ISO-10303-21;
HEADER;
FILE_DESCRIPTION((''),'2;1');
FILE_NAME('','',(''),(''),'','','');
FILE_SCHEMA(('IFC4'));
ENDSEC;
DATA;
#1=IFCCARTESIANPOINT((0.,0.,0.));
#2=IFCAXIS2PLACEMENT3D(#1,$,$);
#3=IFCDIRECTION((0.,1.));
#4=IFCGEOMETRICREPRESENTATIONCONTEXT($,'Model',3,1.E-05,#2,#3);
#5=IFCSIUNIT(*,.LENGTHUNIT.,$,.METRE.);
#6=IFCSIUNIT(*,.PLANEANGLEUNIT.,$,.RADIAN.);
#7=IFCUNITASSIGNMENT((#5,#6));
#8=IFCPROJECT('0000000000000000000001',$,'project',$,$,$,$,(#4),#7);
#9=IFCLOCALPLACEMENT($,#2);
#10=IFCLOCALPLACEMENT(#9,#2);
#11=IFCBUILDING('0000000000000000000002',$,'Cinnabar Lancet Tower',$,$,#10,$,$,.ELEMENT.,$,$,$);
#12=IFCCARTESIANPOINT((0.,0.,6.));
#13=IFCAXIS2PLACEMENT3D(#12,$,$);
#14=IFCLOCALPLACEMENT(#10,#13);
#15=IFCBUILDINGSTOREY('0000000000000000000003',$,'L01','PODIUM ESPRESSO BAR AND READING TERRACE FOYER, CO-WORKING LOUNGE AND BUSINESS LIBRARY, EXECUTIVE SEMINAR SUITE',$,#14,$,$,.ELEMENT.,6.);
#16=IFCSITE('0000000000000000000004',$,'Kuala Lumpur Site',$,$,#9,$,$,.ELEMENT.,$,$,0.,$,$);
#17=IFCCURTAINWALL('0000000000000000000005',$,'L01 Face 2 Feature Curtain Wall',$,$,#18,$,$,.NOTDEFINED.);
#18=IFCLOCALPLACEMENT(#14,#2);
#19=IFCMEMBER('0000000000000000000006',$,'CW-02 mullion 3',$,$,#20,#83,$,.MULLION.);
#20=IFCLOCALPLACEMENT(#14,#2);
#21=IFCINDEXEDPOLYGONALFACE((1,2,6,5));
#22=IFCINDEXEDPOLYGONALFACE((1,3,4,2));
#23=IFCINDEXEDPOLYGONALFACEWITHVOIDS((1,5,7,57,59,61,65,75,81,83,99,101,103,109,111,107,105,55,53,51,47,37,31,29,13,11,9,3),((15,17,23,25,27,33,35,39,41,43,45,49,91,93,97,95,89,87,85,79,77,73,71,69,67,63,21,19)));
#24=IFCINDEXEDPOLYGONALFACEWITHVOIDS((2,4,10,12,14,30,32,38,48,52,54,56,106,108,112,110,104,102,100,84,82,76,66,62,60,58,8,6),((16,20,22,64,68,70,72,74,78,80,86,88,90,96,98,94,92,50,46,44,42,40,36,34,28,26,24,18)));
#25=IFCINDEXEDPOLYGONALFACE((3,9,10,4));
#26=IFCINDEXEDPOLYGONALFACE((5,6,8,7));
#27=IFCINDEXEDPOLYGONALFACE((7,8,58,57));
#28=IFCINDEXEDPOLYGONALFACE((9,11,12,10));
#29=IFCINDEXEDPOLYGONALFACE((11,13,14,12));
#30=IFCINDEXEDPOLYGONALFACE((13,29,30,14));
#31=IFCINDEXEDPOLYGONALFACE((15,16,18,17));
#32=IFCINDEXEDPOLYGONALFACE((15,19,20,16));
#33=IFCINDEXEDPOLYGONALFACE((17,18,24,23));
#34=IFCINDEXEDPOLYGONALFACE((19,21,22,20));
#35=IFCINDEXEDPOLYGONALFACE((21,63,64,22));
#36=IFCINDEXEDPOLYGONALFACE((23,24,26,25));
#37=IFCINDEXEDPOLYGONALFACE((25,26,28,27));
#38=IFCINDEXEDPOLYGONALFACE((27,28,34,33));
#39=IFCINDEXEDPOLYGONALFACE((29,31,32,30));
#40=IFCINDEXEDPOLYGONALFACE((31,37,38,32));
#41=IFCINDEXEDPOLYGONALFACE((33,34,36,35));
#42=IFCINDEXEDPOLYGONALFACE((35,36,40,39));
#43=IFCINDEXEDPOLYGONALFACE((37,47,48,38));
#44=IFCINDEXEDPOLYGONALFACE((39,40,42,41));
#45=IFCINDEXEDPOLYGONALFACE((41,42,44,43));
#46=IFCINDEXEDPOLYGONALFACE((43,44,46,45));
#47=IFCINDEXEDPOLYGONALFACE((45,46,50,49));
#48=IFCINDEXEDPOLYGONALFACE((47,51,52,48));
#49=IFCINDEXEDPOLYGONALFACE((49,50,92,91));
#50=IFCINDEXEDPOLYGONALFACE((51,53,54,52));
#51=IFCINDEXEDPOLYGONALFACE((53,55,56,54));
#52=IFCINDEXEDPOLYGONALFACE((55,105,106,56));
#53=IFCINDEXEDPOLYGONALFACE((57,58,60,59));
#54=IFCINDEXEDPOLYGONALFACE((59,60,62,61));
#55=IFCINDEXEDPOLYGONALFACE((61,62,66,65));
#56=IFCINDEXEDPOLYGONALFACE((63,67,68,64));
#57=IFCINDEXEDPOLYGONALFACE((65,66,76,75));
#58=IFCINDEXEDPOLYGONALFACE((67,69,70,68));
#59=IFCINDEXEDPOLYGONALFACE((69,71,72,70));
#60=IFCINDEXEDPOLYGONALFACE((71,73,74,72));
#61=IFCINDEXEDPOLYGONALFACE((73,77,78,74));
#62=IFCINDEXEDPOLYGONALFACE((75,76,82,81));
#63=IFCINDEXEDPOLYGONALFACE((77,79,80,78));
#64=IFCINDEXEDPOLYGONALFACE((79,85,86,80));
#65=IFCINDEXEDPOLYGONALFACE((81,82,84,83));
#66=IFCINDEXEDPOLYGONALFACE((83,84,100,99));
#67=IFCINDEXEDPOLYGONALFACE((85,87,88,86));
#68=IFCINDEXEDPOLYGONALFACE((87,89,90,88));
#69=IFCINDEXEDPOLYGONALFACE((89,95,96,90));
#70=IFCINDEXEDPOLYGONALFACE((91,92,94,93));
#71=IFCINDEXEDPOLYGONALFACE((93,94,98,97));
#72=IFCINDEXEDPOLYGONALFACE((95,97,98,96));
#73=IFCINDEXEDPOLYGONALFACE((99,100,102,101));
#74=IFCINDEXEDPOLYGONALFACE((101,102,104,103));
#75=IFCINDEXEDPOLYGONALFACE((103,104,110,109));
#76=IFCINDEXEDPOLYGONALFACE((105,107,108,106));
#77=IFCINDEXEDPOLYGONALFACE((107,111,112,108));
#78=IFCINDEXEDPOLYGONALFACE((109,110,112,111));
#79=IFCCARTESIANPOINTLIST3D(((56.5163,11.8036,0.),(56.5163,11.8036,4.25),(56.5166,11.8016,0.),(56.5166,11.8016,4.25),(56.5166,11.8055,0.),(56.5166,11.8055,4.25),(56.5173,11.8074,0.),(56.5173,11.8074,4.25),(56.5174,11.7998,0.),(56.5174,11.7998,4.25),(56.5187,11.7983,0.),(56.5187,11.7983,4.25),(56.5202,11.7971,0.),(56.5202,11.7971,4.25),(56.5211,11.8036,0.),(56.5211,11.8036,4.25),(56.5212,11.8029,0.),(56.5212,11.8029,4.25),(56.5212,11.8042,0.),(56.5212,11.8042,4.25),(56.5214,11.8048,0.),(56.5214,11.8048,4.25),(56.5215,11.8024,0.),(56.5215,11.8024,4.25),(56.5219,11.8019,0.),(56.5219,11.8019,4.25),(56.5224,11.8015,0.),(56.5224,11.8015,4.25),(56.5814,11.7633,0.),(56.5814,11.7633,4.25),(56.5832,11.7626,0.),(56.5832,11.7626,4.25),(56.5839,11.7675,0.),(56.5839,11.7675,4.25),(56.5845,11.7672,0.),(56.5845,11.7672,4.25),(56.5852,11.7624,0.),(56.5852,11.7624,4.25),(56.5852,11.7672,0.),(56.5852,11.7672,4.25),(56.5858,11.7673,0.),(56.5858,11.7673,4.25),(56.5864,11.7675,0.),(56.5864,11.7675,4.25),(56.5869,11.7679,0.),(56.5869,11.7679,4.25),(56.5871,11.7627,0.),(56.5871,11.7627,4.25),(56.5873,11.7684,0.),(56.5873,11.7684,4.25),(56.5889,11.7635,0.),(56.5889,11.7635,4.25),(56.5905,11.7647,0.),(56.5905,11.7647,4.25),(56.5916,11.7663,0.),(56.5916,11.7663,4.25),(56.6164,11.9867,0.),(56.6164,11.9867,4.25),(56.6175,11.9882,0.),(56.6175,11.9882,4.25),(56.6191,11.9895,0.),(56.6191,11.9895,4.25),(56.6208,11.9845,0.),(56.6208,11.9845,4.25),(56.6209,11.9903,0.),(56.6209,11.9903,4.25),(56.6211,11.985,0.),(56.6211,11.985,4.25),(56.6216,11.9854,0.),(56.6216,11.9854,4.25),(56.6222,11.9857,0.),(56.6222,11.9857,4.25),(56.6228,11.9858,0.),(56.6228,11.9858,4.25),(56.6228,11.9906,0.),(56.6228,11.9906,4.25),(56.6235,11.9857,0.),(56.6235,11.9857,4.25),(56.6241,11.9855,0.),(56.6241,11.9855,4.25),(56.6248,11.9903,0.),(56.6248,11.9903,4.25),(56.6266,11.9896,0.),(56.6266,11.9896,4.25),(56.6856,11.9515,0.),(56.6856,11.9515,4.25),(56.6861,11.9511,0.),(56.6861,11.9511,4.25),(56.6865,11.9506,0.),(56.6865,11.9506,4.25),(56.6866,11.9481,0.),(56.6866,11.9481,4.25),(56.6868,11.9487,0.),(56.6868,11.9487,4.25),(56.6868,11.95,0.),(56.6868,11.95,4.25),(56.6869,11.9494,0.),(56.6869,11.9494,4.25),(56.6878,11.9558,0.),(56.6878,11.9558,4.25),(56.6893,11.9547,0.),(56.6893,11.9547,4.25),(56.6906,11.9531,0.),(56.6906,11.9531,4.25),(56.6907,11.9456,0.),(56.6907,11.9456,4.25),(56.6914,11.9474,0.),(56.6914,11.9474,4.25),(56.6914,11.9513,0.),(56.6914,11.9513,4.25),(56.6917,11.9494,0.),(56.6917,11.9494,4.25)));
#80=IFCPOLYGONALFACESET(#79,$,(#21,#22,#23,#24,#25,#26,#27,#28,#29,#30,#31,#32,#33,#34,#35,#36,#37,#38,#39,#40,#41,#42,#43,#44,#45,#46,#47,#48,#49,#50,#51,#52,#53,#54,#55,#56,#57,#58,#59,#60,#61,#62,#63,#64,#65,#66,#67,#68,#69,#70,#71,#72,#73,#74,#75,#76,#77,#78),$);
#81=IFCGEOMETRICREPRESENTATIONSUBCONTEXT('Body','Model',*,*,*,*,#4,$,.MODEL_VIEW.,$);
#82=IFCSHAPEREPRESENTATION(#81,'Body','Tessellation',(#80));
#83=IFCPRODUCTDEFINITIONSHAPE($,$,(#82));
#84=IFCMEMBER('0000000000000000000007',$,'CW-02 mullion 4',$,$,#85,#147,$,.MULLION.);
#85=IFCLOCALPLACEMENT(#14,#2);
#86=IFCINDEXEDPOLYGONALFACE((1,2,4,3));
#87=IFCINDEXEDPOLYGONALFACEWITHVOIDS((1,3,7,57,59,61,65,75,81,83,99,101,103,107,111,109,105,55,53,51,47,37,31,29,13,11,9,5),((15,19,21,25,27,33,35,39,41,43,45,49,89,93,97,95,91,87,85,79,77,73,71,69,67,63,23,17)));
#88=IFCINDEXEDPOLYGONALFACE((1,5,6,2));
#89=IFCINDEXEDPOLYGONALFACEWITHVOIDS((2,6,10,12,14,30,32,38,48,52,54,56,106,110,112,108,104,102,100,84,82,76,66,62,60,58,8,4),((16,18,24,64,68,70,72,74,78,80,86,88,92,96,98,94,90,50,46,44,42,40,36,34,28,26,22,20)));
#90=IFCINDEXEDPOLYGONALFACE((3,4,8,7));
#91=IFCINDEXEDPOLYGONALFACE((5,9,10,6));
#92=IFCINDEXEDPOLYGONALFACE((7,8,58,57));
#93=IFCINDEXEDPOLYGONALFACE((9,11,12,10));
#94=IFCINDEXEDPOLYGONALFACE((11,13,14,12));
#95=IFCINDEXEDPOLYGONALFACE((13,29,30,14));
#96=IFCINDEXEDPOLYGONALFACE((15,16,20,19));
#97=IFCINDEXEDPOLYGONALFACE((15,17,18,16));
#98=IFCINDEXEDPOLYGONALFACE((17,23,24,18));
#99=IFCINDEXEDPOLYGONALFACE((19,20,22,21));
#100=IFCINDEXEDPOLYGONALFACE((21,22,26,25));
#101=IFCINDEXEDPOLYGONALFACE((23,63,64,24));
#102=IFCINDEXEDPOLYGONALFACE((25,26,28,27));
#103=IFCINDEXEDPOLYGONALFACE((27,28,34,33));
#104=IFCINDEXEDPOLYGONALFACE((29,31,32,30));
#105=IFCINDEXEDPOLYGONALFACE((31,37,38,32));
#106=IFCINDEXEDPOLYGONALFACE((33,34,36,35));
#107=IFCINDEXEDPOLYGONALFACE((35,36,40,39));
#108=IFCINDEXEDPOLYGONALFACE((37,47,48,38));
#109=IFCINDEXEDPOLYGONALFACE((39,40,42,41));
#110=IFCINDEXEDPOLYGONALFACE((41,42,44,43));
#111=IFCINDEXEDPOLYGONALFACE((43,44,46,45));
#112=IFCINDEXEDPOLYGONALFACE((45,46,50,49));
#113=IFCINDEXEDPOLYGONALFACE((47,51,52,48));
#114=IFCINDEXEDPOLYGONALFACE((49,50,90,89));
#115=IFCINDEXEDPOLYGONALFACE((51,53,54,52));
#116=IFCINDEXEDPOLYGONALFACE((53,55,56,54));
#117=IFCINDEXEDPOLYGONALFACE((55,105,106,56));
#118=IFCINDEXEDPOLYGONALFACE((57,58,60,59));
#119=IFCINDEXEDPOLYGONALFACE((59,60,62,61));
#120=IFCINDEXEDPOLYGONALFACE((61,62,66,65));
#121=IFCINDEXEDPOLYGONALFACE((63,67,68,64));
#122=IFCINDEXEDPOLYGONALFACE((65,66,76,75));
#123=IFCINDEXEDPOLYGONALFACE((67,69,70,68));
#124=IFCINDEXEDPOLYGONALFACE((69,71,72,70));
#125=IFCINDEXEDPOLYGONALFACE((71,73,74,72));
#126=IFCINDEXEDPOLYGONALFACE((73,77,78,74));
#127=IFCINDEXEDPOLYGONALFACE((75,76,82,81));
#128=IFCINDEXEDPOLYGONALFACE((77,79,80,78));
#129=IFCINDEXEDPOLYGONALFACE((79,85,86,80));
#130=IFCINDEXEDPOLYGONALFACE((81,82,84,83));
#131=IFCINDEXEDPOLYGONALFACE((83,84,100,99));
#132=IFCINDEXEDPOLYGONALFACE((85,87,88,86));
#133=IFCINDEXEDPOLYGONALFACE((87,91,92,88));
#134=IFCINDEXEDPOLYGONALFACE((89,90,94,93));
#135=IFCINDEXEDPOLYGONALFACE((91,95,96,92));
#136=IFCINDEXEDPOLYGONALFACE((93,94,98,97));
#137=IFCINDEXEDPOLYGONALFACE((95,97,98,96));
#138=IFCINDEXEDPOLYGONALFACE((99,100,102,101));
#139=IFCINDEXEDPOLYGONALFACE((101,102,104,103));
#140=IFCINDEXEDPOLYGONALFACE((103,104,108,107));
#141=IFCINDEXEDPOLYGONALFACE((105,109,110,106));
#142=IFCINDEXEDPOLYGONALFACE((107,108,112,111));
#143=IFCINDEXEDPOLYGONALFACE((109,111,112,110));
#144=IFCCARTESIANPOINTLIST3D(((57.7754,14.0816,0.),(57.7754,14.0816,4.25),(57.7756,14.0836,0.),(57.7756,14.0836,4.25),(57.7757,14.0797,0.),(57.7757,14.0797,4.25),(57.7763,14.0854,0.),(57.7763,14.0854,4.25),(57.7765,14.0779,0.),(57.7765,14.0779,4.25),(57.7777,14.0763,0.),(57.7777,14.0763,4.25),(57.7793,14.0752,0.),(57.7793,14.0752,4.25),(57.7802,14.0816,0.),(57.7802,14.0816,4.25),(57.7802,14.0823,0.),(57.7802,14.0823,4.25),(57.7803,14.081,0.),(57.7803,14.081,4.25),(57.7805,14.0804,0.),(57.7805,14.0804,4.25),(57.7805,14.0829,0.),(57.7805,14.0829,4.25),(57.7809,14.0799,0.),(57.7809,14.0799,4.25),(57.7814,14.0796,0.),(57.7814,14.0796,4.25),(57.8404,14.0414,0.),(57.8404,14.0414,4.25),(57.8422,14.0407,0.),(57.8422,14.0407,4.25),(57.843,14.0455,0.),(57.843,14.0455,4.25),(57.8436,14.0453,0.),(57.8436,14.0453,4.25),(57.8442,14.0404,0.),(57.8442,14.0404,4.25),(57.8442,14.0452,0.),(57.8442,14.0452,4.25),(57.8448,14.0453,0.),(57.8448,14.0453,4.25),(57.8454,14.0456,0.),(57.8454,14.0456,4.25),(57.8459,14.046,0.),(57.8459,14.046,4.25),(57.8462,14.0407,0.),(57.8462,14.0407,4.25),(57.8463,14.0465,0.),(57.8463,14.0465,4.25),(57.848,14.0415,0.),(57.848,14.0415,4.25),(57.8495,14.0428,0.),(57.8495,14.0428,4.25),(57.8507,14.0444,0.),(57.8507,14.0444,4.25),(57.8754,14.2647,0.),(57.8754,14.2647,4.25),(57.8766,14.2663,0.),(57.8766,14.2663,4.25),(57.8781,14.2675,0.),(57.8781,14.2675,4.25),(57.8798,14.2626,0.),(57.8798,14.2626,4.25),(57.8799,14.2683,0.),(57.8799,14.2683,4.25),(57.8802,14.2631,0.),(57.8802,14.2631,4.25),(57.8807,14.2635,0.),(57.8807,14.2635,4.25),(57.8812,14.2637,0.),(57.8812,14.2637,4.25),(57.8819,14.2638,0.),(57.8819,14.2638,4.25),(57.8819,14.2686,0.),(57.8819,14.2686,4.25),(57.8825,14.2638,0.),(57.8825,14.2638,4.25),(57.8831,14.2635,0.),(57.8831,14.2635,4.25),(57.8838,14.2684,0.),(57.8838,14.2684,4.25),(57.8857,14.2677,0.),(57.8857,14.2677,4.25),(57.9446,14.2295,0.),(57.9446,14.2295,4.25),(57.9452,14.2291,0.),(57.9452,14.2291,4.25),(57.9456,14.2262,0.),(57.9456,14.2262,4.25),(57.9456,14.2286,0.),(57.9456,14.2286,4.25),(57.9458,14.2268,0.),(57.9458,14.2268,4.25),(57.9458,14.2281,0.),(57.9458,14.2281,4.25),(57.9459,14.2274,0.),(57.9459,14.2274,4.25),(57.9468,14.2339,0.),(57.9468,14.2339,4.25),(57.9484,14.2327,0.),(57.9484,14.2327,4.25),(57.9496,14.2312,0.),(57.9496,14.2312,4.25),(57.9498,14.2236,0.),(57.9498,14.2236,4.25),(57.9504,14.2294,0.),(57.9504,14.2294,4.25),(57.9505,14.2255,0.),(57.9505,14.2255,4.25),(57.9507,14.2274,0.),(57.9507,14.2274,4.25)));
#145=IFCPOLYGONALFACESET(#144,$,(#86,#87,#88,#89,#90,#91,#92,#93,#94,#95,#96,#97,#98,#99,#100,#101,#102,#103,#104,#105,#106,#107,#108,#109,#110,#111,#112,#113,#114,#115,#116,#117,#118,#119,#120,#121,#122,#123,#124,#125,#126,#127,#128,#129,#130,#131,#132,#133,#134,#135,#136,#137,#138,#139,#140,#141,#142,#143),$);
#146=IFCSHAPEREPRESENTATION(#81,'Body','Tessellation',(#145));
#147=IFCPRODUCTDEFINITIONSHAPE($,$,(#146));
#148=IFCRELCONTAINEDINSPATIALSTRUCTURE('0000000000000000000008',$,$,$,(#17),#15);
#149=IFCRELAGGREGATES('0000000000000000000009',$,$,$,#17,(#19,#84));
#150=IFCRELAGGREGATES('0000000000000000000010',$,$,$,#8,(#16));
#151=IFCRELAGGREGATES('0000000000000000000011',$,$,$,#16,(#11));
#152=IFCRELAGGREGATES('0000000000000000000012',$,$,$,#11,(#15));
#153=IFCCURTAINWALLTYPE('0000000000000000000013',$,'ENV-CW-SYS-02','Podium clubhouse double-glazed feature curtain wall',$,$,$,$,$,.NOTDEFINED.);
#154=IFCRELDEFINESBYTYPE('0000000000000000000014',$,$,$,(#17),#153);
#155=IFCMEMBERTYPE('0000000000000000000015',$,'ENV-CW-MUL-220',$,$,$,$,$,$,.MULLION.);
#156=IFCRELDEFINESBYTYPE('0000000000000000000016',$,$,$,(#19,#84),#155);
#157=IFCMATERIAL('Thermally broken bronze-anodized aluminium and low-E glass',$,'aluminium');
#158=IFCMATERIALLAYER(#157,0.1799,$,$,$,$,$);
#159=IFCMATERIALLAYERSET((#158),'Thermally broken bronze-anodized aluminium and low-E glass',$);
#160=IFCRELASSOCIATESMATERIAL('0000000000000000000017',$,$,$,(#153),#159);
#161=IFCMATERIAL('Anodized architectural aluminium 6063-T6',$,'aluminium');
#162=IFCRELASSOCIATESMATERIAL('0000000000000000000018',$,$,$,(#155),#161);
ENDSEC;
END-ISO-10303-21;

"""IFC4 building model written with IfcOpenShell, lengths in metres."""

from ifc_helpers import new_model, si_unit, direction, frame, origin, origin_2d, place, context, subcontext, project, spatial, hollow_rectangle, extrude, material, layer, layer_set, material_profile, profile_set, type_object, element, aggregate, save


model = new_model("IFC4")

# Units and contexts
model_context = context("Model", 3, precision=1e-05, world=origin(), true_north=direction((0.0, 1.0)))
body_context = subcontext(model_context, "Body", "Model", "MODEL_VIEW")
ifc_project = project(units=[si_unit("LENGTHUNIT", "METRE"), si_unit("PLANEANGLEUNIT", "RADIAN")], contexts=[model_context])

# Site, building, storey
site_placement = place(None, origin())
site = spatial("IfcSite", under=ifc_project, at=site_placement, Name="Kuala Lumpur Site", CompositionType="ELEMENT", RefElevation=0.0)
building_placement = place(site_placement, origin())
building = spatial("IfcBuilding", under=site, at=building_placement, Name="Cinnabar Lancet Tower", CompositionType="ELEMENT")
storey_placement = place(building_placement, frame((0.0, 0.0, 6.0)))
storey = spatial("IfcBuildingStorey", under=building, at=storey_placement, Name="L01", Description="PODIUM ESPRESSO BAR AND READING TERRACE FOYER, CO-WORKING LOUNGE AND BUSINESS LIBRARY, EXECUTIVE SEMINAR SUITE", CompositionType="ELEMENT", Elevation=6.0)

# Curtain wall, members
ifc_material_1 = material(Name="Thermally broken bronze-anodized aluminium and low-E glass", Category="aluminium")
ifc_layer_1 = layer(ifc_material_1, 0.1799)
ifc_layer_set_1 = layer_set([ifc_layer_1], Name="Thermally broken bronze-anodized aluminium and low-E glass")
curtain_wall_type = type_object("IfcCurtainWallType", Name="ENV-CW-SYS-02", Description="Podium clubhouse double-glazed feature curtain wall", PredefinedType="NOTDEFINED", material=ifc_layer_set_1)
curtain_wall_placement = place(storey_placement, origin())
curtain_wall = element("IfcCurtainWall", 1, at=curtain_wall_placement, inside=storey, type_object=curtain_wall_type, Name="L01 Face 2 Feature Curtain Wall", PredefinedType="NOTDEFINED")
ifc_material_2 = material(Name="Anodized architectural aluminium 6063-T6", Category="aluminium")
ifc_material_profile_1 = material_profile(ifc_material_2, hollow_rectangle(XDim=0.085, YDim=0.22, WallThickness=0.0049, InnerFilletRadius=0.0024, OuterFilletRadius=0.0076, at=origin_2d()), Name="CW-MUL 220x85x5")
ifc_profile_set_1 = profile_set([ifc_material_profile_1], Name="Anodized architectural aluminium 6063-T6")
member_type_1 = type_object("IfcMemberType", Name="ENV-CW-MUL-220", PredefinedType="MULLION", material=ifc_profile_set_1)
member_1_placement = place(storey_placement, frame((56.604, 11.8765, 0.0), z_axis=(0.0, 0.0, 1.0), x_axis=(-0.875242, 0.483685, 0.0)))
member_1 = element("IfcMember", 2, at=member_1_placement, type_object=member_type_1, Name="CW-02 mullion 3", PredefinedType="MULLION", context=body_context, shape_type="SweptSolid", body=[
    extrude(hollow_rectangle(XDim=0.085, YDim=0.22, WallThickness=0.0049, InnerFilletRadius=0.0024, OuterFilletRadius=0.0076, at=origin_2d()), origin(), (0.0, 0.0, 1.0), 4.25),
])
member_2_placement = place(storey_placement, frame((57.863, 14.1545, 0.0), z_axis=(0.0, 0.0, 1.0), x_axis=(-0.875242, 0.483685, 0.0)))
member_2 = element("IfcMember", 3, at=member_2_placement, type_object=member_type_1, Name="CW-02 mullion 4", PredefinedType="MULLION", context=body_context, shape_type="SweptSolid", body=[
    extrude(hollow_rectangle(XDim=0.085, YDim=0.22, WallThickness=0.0049, InnerFilletRadius=0.0024, OuterFilletRadius=0.0076, at=origin_2d()), origin(), (0.0, 0.0, 1.0), 4.25),
])
aggregate(curtain_wall, [member_1, member_2])

save(model, "model.ifc")
